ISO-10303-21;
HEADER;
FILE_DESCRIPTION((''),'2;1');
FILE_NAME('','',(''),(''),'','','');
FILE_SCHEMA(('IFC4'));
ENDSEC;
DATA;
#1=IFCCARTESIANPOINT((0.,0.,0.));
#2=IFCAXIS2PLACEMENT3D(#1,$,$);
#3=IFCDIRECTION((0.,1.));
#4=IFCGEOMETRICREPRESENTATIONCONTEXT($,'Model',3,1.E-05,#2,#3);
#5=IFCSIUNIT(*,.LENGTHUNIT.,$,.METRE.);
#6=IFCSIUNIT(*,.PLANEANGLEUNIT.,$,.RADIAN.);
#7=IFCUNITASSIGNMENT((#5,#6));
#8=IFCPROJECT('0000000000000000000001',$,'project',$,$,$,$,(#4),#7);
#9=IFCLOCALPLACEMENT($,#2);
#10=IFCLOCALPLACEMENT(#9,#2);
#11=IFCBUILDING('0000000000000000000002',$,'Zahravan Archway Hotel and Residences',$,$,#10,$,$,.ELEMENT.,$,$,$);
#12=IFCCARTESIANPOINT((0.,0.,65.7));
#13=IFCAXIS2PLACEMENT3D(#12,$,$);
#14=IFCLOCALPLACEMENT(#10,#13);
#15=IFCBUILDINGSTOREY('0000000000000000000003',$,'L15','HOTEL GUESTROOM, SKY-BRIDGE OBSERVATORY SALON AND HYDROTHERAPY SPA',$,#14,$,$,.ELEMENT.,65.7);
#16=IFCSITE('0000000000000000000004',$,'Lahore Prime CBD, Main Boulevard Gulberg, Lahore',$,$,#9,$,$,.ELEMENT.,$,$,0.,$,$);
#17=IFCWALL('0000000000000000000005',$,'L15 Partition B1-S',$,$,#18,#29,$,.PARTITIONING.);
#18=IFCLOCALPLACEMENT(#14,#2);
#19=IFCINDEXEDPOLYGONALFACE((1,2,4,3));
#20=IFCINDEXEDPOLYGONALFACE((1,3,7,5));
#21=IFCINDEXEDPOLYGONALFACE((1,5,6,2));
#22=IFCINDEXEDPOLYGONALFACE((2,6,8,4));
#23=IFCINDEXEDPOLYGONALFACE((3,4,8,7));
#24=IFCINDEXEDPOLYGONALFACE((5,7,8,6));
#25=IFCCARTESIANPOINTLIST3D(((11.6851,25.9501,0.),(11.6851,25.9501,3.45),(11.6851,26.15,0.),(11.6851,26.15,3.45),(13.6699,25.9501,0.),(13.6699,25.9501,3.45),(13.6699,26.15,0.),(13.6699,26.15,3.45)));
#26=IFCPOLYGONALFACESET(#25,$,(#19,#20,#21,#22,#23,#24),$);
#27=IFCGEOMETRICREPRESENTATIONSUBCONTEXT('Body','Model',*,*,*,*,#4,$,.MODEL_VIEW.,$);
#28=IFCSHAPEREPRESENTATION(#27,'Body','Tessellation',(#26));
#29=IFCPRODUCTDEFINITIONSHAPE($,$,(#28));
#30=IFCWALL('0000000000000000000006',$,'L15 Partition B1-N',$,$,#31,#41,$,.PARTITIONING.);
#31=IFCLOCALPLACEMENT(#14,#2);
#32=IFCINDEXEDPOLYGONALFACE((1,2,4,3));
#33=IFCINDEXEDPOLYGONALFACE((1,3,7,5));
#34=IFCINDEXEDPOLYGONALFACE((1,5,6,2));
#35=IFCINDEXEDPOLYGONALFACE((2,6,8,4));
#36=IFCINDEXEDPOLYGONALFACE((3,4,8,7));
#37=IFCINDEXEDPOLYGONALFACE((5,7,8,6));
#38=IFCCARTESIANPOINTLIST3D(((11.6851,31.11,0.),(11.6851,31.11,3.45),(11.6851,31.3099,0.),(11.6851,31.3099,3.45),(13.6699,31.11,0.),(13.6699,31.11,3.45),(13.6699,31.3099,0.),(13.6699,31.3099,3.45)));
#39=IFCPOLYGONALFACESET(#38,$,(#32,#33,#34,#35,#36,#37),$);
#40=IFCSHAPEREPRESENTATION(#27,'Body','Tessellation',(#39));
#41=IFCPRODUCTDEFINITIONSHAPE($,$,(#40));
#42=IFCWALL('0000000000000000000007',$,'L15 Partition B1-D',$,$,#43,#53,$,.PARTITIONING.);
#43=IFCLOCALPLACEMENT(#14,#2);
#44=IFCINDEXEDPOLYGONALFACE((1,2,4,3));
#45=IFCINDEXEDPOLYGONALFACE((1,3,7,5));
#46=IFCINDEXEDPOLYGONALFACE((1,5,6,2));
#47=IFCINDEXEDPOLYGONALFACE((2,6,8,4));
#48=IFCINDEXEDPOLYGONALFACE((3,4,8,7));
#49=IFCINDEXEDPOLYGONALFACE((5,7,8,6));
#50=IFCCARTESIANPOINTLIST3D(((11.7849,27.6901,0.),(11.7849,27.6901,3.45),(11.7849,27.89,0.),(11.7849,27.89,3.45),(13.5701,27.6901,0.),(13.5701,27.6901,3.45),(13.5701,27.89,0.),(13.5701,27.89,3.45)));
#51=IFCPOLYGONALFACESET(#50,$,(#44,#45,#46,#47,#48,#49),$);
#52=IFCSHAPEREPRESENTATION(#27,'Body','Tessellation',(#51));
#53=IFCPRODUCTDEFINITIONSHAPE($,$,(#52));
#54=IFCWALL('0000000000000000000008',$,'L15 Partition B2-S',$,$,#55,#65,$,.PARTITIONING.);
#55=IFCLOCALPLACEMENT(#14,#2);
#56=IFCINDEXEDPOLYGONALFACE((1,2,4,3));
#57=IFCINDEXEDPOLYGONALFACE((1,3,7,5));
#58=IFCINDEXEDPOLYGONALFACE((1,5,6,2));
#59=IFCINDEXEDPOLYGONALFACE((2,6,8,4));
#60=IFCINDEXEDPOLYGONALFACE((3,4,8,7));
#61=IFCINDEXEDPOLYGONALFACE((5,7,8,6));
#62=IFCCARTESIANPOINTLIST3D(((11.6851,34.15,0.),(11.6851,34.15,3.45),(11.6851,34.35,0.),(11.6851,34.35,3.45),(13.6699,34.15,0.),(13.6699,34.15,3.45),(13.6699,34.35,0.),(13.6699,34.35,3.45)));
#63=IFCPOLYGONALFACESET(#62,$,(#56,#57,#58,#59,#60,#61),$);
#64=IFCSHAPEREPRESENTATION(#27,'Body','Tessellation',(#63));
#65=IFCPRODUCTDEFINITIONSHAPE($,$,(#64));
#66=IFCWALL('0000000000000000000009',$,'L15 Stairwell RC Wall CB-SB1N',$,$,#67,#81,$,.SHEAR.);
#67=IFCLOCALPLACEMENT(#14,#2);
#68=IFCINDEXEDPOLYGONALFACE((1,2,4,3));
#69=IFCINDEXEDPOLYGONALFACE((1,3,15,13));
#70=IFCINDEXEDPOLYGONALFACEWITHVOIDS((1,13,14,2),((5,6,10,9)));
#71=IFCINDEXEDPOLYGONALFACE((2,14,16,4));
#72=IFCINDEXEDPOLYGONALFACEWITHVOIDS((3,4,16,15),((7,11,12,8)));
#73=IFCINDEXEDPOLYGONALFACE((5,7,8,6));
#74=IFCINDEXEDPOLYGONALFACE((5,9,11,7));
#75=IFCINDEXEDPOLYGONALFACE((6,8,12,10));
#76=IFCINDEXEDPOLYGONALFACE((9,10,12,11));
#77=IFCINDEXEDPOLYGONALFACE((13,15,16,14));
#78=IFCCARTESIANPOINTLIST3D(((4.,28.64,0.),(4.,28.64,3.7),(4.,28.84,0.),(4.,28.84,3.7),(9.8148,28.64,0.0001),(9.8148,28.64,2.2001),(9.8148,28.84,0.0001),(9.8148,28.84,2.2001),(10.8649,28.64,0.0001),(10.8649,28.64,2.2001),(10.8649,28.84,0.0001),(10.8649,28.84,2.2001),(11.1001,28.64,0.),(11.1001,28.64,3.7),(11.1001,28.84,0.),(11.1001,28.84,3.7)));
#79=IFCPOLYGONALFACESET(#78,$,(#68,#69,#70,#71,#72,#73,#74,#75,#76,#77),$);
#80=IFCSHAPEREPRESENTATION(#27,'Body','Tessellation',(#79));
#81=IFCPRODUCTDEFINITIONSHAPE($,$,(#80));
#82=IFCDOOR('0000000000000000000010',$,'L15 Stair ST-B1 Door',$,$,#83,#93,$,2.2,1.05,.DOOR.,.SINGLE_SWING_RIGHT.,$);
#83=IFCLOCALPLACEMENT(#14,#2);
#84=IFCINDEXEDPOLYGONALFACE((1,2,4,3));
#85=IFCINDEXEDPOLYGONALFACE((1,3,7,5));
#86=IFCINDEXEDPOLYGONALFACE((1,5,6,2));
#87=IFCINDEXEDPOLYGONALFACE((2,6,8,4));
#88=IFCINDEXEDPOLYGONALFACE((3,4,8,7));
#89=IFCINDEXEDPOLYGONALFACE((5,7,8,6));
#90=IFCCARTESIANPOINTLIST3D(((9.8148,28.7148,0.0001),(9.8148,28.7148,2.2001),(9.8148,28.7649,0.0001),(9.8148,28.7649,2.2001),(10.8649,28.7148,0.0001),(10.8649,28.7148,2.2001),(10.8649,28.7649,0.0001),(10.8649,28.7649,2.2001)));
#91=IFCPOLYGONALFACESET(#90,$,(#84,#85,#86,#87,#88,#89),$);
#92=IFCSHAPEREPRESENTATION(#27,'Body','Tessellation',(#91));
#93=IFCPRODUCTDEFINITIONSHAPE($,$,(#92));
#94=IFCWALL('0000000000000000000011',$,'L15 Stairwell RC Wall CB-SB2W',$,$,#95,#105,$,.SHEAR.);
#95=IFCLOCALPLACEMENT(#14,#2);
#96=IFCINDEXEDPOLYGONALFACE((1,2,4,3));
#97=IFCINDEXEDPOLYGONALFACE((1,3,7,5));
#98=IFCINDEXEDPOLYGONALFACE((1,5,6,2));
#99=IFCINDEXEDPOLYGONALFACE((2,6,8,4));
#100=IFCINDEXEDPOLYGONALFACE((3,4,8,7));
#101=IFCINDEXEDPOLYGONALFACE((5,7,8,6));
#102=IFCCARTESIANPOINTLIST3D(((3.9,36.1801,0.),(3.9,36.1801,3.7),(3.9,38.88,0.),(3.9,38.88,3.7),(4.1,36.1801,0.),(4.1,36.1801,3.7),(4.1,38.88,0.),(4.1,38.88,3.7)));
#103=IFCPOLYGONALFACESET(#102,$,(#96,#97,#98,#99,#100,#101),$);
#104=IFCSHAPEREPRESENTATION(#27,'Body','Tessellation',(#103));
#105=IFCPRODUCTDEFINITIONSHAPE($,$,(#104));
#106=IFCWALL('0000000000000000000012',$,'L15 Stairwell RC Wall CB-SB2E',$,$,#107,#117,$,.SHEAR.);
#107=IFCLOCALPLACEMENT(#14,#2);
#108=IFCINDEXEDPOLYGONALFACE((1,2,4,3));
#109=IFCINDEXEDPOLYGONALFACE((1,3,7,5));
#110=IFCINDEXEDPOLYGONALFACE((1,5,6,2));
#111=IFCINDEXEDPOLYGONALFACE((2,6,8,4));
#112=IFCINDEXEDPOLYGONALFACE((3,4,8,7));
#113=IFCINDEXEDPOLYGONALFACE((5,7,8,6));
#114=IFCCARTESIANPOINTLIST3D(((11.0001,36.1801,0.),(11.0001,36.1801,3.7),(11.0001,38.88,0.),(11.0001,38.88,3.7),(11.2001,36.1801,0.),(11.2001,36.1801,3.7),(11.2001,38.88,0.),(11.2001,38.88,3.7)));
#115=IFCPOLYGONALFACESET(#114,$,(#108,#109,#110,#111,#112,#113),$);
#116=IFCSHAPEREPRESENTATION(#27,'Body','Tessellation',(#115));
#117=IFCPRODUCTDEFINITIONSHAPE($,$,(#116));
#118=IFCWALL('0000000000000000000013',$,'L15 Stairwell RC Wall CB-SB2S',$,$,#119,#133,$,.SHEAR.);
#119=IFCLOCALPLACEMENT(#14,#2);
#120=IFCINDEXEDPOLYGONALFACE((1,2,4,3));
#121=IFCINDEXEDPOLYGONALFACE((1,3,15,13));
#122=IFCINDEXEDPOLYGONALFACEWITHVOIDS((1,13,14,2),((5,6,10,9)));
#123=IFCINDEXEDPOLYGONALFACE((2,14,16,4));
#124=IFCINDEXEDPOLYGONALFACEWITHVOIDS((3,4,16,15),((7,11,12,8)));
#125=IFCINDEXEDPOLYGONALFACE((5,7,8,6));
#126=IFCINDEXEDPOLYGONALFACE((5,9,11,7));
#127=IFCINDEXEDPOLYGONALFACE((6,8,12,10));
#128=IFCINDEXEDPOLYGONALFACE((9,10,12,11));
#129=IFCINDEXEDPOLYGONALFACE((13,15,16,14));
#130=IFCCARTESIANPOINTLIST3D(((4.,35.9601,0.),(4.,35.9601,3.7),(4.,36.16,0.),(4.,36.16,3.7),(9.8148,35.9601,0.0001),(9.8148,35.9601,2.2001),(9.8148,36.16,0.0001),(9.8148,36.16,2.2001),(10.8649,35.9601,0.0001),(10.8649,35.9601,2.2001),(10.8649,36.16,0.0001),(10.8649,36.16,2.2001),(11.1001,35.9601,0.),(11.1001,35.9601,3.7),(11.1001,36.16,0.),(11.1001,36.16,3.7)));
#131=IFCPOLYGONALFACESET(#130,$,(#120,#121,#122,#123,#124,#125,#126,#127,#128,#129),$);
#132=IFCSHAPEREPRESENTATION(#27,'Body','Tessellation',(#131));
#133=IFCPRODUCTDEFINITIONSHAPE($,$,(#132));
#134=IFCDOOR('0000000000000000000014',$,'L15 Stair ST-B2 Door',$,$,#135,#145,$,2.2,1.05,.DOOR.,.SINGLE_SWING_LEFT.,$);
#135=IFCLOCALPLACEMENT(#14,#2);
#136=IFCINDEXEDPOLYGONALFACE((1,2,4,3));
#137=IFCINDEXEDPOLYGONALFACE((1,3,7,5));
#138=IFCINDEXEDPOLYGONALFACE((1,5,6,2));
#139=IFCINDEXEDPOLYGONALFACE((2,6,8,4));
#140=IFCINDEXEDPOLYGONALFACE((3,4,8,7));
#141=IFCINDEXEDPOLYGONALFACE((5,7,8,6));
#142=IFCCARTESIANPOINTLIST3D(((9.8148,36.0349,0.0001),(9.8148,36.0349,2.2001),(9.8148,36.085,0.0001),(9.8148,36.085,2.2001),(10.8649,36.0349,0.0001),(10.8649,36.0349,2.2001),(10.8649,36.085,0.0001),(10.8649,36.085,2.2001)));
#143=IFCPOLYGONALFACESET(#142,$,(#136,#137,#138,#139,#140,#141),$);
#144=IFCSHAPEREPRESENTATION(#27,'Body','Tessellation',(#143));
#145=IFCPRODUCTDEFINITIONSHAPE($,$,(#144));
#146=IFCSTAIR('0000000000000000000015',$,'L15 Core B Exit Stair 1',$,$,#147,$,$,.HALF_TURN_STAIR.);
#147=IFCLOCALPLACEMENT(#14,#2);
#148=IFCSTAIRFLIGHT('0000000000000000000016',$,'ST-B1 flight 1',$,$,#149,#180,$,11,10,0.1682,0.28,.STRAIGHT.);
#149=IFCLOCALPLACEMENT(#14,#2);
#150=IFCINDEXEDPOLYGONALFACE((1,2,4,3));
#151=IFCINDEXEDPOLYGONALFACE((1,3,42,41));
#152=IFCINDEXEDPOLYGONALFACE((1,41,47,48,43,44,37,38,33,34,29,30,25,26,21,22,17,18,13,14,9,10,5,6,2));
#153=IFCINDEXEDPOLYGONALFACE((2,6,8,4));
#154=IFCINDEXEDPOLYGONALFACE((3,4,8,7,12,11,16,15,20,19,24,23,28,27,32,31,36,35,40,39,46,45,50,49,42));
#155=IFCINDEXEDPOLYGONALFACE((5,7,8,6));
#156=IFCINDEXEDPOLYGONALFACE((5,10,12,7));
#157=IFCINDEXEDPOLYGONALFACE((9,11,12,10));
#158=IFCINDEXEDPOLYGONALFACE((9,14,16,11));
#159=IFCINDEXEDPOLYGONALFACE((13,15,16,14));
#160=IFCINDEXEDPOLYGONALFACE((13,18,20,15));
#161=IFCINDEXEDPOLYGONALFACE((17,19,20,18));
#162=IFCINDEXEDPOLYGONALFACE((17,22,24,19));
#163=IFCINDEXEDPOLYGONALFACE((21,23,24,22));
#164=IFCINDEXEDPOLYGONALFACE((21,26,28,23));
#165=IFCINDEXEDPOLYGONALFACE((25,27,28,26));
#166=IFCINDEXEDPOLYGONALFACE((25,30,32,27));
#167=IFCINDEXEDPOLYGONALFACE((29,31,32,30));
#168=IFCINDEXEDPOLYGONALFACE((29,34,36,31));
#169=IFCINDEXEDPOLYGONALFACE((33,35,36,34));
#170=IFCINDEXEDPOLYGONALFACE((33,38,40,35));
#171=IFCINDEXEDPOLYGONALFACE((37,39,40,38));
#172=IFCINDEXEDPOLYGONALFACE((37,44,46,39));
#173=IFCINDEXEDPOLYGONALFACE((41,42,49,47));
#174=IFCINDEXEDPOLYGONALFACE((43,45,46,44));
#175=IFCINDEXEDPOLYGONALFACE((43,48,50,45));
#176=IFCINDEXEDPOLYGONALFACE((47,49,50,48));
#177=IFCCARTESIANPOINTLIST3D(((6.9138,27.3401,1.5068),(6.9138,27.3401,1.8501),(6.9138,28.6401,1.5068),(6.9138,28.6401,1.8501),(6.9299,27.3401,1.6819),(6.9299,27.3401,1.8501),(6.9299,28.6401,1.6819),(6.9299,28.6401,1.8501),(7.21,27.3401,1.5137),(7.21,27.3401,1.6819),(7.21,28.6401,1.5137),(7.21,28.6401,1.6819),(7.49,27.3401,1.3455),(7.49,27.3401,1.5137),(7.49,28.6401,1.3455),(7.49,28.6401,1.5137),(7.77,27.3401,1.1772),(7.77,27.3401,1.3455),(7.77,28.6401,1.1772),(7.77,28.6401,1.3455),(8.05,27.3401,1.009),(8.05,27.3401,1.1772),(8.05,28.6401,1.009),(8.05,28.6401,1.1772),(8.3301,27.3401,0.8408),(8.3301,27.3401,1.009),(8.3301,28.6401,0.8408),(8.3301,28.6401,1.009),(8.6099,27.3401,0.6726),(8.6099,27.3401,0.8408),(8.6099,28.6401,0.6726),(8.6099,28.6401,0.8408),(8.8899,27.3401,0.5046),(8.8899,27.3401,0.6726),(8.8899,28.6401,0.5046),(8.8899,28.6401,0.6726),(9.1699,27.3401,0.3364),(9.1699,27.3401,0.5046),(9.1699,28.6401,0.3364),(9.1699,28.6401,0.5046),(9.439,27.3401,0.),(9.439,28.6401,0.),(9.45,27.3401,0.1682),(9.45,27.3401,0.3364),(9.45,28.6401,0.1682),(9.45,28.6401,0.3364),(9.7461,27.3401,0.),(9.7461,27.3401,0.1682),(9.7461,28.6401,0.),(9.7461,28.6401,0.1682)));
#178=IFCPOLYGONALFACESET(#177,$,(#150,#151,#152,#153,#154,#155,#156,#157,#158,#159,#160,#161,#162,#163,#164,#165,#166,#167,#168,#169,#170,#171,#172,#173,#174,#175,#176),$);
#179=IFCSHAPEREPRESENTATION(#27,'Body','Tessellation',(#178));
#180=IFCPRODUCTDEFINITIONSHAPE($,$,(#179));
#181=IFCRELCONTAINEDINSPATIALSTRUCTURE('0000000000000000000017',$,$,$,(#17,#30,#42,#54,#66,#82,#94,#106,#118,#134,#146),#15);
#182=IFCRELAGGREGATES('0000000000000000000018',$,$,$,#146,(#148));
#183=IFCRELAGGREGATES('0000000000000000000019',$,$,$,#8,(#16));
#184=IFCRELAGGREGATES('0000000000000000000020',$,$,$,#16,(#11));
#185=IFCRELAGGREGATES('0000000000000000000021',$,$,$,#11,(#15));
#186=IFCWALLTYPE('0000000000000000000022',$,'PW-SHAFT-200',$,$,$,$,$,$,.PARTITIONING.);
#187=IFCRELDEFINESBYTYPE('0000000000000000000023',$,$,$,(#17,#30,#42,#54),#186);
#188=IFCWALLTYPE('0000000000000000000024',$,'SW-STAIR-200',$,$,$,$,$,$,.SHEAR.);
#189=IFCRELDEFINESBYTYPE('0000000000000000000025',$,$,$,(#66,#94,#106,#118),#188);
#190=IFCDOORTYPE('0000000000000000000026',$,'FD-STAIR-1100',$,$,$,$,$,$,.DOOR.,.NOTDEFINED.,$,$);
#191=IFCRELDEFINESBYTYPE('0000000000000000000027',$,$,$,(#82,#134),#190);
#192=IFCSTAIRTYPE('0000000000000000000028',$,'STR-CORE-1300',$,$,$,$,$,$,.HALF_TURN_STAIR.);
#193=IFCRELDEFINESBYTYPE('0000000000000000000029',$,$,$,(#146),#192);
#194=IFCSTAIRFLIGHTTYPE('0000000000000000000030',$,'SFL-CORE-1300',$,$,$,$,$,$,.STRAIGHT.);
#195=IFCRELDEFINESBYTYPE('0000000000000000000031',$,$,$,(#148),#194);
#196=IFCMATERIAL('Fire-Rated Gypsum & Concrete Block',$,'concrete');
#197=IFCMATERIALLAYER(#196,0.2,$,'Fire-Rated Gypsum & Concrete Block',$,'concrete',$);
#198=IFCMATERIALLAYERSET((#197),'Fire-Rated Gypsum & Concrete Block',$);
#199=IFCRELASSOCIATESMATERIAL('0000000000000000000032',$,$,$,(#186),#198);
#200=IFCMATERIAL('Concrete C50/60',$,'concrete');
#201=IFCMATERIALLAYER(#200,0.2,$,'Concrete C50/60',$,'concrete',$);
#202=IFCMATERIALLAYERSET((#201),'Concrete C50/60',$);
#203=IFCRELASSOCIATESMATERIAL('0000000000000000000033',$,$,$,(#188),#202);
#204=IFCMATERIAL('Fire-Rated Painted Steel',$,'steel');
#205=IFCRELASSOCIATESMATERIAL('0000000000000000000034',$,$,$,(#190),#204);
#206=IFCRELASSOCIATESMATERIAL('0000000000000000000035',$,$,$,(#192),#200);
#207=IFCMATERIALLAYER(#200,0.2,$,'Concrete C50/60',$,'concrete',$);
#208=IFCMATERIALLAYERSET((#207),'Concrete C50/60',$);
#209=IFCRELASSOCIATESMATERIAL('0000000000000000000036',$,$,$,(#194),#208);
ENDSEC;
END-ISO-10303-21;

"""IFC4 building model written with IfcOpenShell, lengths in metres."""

from ifc_helpers import new_model, si_unit, direction, frame, frame_2d, origin, place, context, subcontext, project, spatial, polyline, rectangle, outline, extrude, source, transform, mapped, material, layer, layer_set, type_object, type_shapes, element, fill, aggregate, save


model = new_model("IFC4")

# Units and contexts
model_context = context("Model", 3, precision=1e-05, world=origin(), true_north=direction((0.0, 1.0)))
body_context = subcontext(model_context, "Body", "Model", "MODEL_VIEW")
ifc_project = project(units=[si_unit("LENGTHUNIT", "METRE"), si_unit("PLANEANGLEUNIT", "RADIAN")], contexts=[model_context])

# Site, building, storey
site_placement = place(None, origin())
site = spatial("IfcSite", under=ifc_project, at=site_placement, Name="Lahore Prime CBD, Main Boulevard Gulberg, Lahore", CompositionType="ELEMENT", RefElevation=0.0)
building_placement = place(site_placement, origin())
building = spatial("IfcBuilding", under=site, at=building_placement, Name="Zahravan Archway Hotel and Residences", CompositionType="ELEMENT")
storey_placement = place(building_placement, frame((0.0, 0.0, 65.7)))
storey = spatial("IfcBuildingStorey", under=building, at=storey_placement, Name="L15", Description="HOTEL GUESTROOM, SKY-BRIDGE OBSERVATORY SALON AND HYDROTHERAPY SPA", CompositionType="ELEMENT", Elevation=65.7)

# Shared definitions
ifc_material_1 = material(Name="Fire-Rated Gypsum & Concrete Block", Category="concrete")
ifc_layer_1 = layer(ifc_material_1, 0.2, Name="Fire-Rated Gypsum & Concrete Block", Category="concrete")
ifc_layer_set_1 = layer_set([ifc_layer_1], Name="Fire-Rated Gypsum & Concrete Block")
wall_type_1 = type_object("IfcWallType", Name="PW-SHAFT-200", PredefinedType="PARTITIONING", material=ifc_layer_set_1)
ifc_material_2 = material(Name="Fire-Rated Painted Steel", Category="steel")

# Walls
for number, where, z_axis, x_axis, name in (
    (1, (11.6851, 26.05, 0.0), (0.0, 0.0, 1.0), (1.0, 0.0, 0.0), "L15 Partition B1-S"),
    (2, (11.6851, 31.21, 0.0), (0.0, 0.0, 1.0), (1.0, 0.0, 0.0), "L15 Partition B1-N"),
):
    element("IfcWall", number, at=place(storey_placement, frame(where, z_axis=z_axis, x_axis=x_axis)), inside=storey, type_object=wall_type_1, Name=name, PredefinedType="PARTITIONING", context=body_context, shape_type="SweptSolid", body=[
        extrude(rectangle(XDim=1.9849, YDim=0.2, at=frame_2d((0.9924, 0.0))), origin(), (0.0, 0.0, 1.0), 3.45),
    ])
wall_1_placement = place(storey_placement, frame((11.7849, 27.79, 0.0), z_axis=(0.0, 0.0, 1.0), x_axis=(1.0, 0.0, 0.0)))
element("IfcWall", 3, at=wall_1_placement, inside=storey, type_object=wall_type_1, Name="L15 Partition B1-D", PredefinedType="PARTITIONING", context=body_context, shape_type="SweptSolid", body=[
    extrude(rectangle(XDim=1.7852, YDim=0.2, at=frame_2d((0.8926, 0.0))), origin(), (0.0, 0.0, 1.0), 3.45),
])
wall_2_placement = place(storey_placement, frame((11.6851, 34.25, 0.0), z_axis=(0.0, 0.0, 1.0), x_axis=(1.0, 0.0, 0.0)))
element("IfcWall", 4, at=wall_2_placement, inside=storey, type_object=wall_type_1, Name="L15 Partition B2-S", PredefinedType="PARTITIONING", context=body_context, shape_type="SweptSolid", body=[
    extrude(rectangle(XDim=1.9849, YDim=0.2, at=frame_2d((0.9924, 0.0))), origin(), (0.0, 0.0, 1.0), 3.45),
])

# Wall, opening, door
ifc_material_3 = material(Name="Concrete C50/60", Category="concrete")
ifc_layer_2 = layer(ifc_material_3, 0.2, Name="Concrete C50/60", Category="concrete")
ifc_layer_set_2 = layer_set([ifc_layer_2], Name="Concrete C50/60")
wall_type_2 = type_object("IfcWallType", Name="SW-STAIR-200", PredefinedType="SHEAR", material=ifc_layer_set_2)
wall_3_placement = place(storey_placement, frame((4.0, 28.74, 0.0), z_axis=(0.0, 0.0, 1.0), x_axis=(1.0, 0.0, 0.0)))
wall_3 = element("IfcWall", 5, at=wall_3_placement, inside=storey, type_object=wall_type_2, Name="L15 Stairwell RC Wall CB-SB1N", PredefinedType="SHEAR", context=body_context, shape_type="SweptSolid", body=[
    extrude(rectangle(XDim=7.1001, YDim=0.2, at=frame_2d((3.55, 0.0))), origin(), (0.0, 0.0, 1.0), 3.7),
])
opening_1_placement = place(wall_3_placement, frame((5.8149, 0.0, 0.0)))
opening_1 = element("IfcOpeningElement", 6, at=opening_1_placement, cuts=wall_3, PredefinedType="OPENING", context=body_context, shape_type="SweptSolid", body=[
    extrude(rectangle(XDim=1.05, YDim=2.2, at=frame_2d((0.5249, 1.1001))), frame((0.0, 0.1099, 0.0), z_axis=(0.0, -1.0, 0.0), x_axis=(1.0, 0.0, 0.0)), (0.0, 0.0, 1.0), 0.22),
])
door_type_1 = type_object("IfcDoorType", Name="FD-STAIR-1100", OperationType="NOTDEFINED", PredefinedType="DOOR", material=ifc_material_2)
shared_shape_1 = source(origin(), body_context, "Body", "SweptSolid", [
    extrude(rectangle(XDim=1.05, YDim=2.2, at=frame_2d((0.5249, 1.1001))), frame((0.0, 0.0249, 0.0), z_axis=(0.0, -1.0, 0.0), x_axis=(1.0, 0.0, 0.0)), (0.0, 0.0, 1.0), 0.05),
])
type_shapes(door_type_1, [shared_shape_1])
door_1_placement = place(opening_1_placement, origin())
door_1 = element("IfcDoor", 7, at=door_1_placement, inside=storey, type_object=door_type_1, Name="L15 Stair ST-B1 Door", OperationType="SINGLE_SWING_RIGHT", OverallHeight=2.2, OverallWidth=1.05, PredefinedType="DOOR", context=body_context, shape_type="MappedRepresentation", body=[
    mapped(shared_shape_1, transform((0.0, 0.0, 0.0), scale=1.0)),
])
fill(opening_1, door_1)

# Walls
for number, where, z_axis, x_axis, name in (
    (8, (4.0, 36.1799, 0.0), (0.0, 0.0, 1.0), (0.0, 1.0, 0.0), "L15 Stairwell RC Wall CB-SB2W"),
    (9, (11.1001, 36.1799, 0.0), (0.0, 0.0, 1.0), (0.0, 1.0, 0.0), "L15 Stairwell RC Wall CB-SB2E"),
):
    element("IfcWall", number, at=place(storey_placement, frame(where, z_axis=z_axis, x_axis=x_axis)), inside=storey, type_object=wall_type_2, Name=name, PredefinedType="SHEAR", context=body_context, shape_type="SweptSolid", body=[
        extrude(rectangle(XDim=2.7, YDim=0.2, at=frame_2d((1.3501, 0.0))), origin(), (0.0, 0.0, 1.0), 3.7),
    ])

# Wall, opening, door
wall_4_placement = place(storey_placement, frame((4.0, 36.0601, 0.0), z_axis=(0.0, 0.0, 1.0), x_axis=(1.0, 0.0, 0.0)))
wall_4 = element("IfcWall", 10, at=wall_4_placement, inside=storey, type_object=wall_type_2, Name="L15 Stairwell RC Wall CB-SB2S", PredefinedType="SHEAR", context=body_context, shape_type="SweptSolid", body=[
    extrude(rectangle(XDim=7.1001, YDim=0.2, at=frame_2d((3.55, 0.0))), origin(), (0.0, 0.0, 1.0), 3.7),
])
opening_2_placement = place(wall_4_placement, frame((5.8149, 0.0, 0.0)))
opening_2 = element("IfcOpeningElement", 11, at=opening_2_placement, cuts=wall_4, PredefinedType="OPENING", context=body_context, shape_type="SweptSolid", body=[
    extrude(rectangle(XDim=1.05, YDim=2.2, at=frame_2d((0.5249, 1.1001))), frame((0.0, 0.1099, 0.0), z_axis=(0.0, -1.0, 0.0), x_axis=(1.0, 0.0, 0.0)), (0.0, 0.0, 1.0), 0.22),
])
door_2_placement = place(opening_2_placement, origin())
door_2 = element("IfcDoor", 12, at=door_2_placement, inside=storey, type_object=door_type_1, Name="L15 Stair ST-B2 Door", OperationType="SINGLE_SWING_LEFT", OverallHeight=2.2, OverallWidth=1.05, PredefinedType="DOOR", context=body_context, shape_type="MappedRepresentation", body=[
    mapped(shared_shape_1, transform((0.0, 0.0, 0.0), scale=1.0)),
])
fill(opening_2, door_2)

# Stair, stair flight
stair_type = type_object("IfcStairType", Name="STR-CORE-1300", PredefinedType="HALF_TURN_STAIR", material=ifc_material_3)
stair_1_placement = place(storey_placement, origin())
stair_1 = element("IfcStair", 13, at=stair_1_placement, inside=storey, type_object=stair_type, Name="L15 Core B Exit Stair 1", PredefinedType="HALF_TURN_STAIR")
ifc_layer_3 = layer(ifc_material_3, 0.2, Name="Concrete C50/60", Category="concrete")
ifc_layer_set_3 = layer_set([ifc_layer_3], Name="Concrete C50/60")
stair_flight_type = type_object("IfcStairFlightType", Name="SFL-CORE-1300", PredefinedType="STRAIGHT", material=ifc_layer_set_3)
shared_shape_2 = source(origin(), body_context, "Body", "SweptSolid", [
    extrude(outline(polyline([(-0.0161, 0.0), (-0.0161, 0.1682), (0.28, 0.1682), (0.28, 0.3364), (0.5601, 0.3364), (0.5601, 0.5046), (0.8401, 0.5046), (0.8401, 0.6726), (1.1201, 0.6726), (1.1201, 0.8408), (1.3999, 0.8408), (1.3999, 1.009), (1.6799, 1.009), (1.6799, 1.1772), (1.96, 1.1772), (1.96, 1.3455), (2.24, 1.3455), (2.24, 1.5137), (2.52, 1.5137), (2.52, 1.6819), (2.8, 1.6819), (2.8, 1.8501), (2.8162, 1.8501), (2.8162, 1.5068), (0.291, 0.0), (-0.0161, 0.0)])), frame((0.0, 0.6499, 0.0), z_axis=(0.0, -1.0, 0.0), x_axis=(1.0, 0.0, 0.0)), (0.0, 0.0, 1.0), 1.3),
])
stair_flight_1_placement = place(storey_placement, frame((9.73, 27.99, 0.0), z_axis=(0.0, 0.0, 1.0), x_axis=(-1.0, 0.0, 0.0)))
stair_flight_1 = element("IfcStairFlight", 14, at=stair_flight_1_placement, type_object=stair_flight_type, Name="ST-B1 flight 1", NumberOfRisers=11, NumberOfTreads=10, PredefinedType="STRAIGHT", RiserHeight=0.1682, TreadLength=0.28, context=body_context, shape_type="MappedRepresentation", body=[
    mapped(shared_shape_2, transform((0.0, 0.0, 0.0), scale=1.0)),
])
aggregate(stair_1, [stair_flight_1])

save(model, "model.ifc")
